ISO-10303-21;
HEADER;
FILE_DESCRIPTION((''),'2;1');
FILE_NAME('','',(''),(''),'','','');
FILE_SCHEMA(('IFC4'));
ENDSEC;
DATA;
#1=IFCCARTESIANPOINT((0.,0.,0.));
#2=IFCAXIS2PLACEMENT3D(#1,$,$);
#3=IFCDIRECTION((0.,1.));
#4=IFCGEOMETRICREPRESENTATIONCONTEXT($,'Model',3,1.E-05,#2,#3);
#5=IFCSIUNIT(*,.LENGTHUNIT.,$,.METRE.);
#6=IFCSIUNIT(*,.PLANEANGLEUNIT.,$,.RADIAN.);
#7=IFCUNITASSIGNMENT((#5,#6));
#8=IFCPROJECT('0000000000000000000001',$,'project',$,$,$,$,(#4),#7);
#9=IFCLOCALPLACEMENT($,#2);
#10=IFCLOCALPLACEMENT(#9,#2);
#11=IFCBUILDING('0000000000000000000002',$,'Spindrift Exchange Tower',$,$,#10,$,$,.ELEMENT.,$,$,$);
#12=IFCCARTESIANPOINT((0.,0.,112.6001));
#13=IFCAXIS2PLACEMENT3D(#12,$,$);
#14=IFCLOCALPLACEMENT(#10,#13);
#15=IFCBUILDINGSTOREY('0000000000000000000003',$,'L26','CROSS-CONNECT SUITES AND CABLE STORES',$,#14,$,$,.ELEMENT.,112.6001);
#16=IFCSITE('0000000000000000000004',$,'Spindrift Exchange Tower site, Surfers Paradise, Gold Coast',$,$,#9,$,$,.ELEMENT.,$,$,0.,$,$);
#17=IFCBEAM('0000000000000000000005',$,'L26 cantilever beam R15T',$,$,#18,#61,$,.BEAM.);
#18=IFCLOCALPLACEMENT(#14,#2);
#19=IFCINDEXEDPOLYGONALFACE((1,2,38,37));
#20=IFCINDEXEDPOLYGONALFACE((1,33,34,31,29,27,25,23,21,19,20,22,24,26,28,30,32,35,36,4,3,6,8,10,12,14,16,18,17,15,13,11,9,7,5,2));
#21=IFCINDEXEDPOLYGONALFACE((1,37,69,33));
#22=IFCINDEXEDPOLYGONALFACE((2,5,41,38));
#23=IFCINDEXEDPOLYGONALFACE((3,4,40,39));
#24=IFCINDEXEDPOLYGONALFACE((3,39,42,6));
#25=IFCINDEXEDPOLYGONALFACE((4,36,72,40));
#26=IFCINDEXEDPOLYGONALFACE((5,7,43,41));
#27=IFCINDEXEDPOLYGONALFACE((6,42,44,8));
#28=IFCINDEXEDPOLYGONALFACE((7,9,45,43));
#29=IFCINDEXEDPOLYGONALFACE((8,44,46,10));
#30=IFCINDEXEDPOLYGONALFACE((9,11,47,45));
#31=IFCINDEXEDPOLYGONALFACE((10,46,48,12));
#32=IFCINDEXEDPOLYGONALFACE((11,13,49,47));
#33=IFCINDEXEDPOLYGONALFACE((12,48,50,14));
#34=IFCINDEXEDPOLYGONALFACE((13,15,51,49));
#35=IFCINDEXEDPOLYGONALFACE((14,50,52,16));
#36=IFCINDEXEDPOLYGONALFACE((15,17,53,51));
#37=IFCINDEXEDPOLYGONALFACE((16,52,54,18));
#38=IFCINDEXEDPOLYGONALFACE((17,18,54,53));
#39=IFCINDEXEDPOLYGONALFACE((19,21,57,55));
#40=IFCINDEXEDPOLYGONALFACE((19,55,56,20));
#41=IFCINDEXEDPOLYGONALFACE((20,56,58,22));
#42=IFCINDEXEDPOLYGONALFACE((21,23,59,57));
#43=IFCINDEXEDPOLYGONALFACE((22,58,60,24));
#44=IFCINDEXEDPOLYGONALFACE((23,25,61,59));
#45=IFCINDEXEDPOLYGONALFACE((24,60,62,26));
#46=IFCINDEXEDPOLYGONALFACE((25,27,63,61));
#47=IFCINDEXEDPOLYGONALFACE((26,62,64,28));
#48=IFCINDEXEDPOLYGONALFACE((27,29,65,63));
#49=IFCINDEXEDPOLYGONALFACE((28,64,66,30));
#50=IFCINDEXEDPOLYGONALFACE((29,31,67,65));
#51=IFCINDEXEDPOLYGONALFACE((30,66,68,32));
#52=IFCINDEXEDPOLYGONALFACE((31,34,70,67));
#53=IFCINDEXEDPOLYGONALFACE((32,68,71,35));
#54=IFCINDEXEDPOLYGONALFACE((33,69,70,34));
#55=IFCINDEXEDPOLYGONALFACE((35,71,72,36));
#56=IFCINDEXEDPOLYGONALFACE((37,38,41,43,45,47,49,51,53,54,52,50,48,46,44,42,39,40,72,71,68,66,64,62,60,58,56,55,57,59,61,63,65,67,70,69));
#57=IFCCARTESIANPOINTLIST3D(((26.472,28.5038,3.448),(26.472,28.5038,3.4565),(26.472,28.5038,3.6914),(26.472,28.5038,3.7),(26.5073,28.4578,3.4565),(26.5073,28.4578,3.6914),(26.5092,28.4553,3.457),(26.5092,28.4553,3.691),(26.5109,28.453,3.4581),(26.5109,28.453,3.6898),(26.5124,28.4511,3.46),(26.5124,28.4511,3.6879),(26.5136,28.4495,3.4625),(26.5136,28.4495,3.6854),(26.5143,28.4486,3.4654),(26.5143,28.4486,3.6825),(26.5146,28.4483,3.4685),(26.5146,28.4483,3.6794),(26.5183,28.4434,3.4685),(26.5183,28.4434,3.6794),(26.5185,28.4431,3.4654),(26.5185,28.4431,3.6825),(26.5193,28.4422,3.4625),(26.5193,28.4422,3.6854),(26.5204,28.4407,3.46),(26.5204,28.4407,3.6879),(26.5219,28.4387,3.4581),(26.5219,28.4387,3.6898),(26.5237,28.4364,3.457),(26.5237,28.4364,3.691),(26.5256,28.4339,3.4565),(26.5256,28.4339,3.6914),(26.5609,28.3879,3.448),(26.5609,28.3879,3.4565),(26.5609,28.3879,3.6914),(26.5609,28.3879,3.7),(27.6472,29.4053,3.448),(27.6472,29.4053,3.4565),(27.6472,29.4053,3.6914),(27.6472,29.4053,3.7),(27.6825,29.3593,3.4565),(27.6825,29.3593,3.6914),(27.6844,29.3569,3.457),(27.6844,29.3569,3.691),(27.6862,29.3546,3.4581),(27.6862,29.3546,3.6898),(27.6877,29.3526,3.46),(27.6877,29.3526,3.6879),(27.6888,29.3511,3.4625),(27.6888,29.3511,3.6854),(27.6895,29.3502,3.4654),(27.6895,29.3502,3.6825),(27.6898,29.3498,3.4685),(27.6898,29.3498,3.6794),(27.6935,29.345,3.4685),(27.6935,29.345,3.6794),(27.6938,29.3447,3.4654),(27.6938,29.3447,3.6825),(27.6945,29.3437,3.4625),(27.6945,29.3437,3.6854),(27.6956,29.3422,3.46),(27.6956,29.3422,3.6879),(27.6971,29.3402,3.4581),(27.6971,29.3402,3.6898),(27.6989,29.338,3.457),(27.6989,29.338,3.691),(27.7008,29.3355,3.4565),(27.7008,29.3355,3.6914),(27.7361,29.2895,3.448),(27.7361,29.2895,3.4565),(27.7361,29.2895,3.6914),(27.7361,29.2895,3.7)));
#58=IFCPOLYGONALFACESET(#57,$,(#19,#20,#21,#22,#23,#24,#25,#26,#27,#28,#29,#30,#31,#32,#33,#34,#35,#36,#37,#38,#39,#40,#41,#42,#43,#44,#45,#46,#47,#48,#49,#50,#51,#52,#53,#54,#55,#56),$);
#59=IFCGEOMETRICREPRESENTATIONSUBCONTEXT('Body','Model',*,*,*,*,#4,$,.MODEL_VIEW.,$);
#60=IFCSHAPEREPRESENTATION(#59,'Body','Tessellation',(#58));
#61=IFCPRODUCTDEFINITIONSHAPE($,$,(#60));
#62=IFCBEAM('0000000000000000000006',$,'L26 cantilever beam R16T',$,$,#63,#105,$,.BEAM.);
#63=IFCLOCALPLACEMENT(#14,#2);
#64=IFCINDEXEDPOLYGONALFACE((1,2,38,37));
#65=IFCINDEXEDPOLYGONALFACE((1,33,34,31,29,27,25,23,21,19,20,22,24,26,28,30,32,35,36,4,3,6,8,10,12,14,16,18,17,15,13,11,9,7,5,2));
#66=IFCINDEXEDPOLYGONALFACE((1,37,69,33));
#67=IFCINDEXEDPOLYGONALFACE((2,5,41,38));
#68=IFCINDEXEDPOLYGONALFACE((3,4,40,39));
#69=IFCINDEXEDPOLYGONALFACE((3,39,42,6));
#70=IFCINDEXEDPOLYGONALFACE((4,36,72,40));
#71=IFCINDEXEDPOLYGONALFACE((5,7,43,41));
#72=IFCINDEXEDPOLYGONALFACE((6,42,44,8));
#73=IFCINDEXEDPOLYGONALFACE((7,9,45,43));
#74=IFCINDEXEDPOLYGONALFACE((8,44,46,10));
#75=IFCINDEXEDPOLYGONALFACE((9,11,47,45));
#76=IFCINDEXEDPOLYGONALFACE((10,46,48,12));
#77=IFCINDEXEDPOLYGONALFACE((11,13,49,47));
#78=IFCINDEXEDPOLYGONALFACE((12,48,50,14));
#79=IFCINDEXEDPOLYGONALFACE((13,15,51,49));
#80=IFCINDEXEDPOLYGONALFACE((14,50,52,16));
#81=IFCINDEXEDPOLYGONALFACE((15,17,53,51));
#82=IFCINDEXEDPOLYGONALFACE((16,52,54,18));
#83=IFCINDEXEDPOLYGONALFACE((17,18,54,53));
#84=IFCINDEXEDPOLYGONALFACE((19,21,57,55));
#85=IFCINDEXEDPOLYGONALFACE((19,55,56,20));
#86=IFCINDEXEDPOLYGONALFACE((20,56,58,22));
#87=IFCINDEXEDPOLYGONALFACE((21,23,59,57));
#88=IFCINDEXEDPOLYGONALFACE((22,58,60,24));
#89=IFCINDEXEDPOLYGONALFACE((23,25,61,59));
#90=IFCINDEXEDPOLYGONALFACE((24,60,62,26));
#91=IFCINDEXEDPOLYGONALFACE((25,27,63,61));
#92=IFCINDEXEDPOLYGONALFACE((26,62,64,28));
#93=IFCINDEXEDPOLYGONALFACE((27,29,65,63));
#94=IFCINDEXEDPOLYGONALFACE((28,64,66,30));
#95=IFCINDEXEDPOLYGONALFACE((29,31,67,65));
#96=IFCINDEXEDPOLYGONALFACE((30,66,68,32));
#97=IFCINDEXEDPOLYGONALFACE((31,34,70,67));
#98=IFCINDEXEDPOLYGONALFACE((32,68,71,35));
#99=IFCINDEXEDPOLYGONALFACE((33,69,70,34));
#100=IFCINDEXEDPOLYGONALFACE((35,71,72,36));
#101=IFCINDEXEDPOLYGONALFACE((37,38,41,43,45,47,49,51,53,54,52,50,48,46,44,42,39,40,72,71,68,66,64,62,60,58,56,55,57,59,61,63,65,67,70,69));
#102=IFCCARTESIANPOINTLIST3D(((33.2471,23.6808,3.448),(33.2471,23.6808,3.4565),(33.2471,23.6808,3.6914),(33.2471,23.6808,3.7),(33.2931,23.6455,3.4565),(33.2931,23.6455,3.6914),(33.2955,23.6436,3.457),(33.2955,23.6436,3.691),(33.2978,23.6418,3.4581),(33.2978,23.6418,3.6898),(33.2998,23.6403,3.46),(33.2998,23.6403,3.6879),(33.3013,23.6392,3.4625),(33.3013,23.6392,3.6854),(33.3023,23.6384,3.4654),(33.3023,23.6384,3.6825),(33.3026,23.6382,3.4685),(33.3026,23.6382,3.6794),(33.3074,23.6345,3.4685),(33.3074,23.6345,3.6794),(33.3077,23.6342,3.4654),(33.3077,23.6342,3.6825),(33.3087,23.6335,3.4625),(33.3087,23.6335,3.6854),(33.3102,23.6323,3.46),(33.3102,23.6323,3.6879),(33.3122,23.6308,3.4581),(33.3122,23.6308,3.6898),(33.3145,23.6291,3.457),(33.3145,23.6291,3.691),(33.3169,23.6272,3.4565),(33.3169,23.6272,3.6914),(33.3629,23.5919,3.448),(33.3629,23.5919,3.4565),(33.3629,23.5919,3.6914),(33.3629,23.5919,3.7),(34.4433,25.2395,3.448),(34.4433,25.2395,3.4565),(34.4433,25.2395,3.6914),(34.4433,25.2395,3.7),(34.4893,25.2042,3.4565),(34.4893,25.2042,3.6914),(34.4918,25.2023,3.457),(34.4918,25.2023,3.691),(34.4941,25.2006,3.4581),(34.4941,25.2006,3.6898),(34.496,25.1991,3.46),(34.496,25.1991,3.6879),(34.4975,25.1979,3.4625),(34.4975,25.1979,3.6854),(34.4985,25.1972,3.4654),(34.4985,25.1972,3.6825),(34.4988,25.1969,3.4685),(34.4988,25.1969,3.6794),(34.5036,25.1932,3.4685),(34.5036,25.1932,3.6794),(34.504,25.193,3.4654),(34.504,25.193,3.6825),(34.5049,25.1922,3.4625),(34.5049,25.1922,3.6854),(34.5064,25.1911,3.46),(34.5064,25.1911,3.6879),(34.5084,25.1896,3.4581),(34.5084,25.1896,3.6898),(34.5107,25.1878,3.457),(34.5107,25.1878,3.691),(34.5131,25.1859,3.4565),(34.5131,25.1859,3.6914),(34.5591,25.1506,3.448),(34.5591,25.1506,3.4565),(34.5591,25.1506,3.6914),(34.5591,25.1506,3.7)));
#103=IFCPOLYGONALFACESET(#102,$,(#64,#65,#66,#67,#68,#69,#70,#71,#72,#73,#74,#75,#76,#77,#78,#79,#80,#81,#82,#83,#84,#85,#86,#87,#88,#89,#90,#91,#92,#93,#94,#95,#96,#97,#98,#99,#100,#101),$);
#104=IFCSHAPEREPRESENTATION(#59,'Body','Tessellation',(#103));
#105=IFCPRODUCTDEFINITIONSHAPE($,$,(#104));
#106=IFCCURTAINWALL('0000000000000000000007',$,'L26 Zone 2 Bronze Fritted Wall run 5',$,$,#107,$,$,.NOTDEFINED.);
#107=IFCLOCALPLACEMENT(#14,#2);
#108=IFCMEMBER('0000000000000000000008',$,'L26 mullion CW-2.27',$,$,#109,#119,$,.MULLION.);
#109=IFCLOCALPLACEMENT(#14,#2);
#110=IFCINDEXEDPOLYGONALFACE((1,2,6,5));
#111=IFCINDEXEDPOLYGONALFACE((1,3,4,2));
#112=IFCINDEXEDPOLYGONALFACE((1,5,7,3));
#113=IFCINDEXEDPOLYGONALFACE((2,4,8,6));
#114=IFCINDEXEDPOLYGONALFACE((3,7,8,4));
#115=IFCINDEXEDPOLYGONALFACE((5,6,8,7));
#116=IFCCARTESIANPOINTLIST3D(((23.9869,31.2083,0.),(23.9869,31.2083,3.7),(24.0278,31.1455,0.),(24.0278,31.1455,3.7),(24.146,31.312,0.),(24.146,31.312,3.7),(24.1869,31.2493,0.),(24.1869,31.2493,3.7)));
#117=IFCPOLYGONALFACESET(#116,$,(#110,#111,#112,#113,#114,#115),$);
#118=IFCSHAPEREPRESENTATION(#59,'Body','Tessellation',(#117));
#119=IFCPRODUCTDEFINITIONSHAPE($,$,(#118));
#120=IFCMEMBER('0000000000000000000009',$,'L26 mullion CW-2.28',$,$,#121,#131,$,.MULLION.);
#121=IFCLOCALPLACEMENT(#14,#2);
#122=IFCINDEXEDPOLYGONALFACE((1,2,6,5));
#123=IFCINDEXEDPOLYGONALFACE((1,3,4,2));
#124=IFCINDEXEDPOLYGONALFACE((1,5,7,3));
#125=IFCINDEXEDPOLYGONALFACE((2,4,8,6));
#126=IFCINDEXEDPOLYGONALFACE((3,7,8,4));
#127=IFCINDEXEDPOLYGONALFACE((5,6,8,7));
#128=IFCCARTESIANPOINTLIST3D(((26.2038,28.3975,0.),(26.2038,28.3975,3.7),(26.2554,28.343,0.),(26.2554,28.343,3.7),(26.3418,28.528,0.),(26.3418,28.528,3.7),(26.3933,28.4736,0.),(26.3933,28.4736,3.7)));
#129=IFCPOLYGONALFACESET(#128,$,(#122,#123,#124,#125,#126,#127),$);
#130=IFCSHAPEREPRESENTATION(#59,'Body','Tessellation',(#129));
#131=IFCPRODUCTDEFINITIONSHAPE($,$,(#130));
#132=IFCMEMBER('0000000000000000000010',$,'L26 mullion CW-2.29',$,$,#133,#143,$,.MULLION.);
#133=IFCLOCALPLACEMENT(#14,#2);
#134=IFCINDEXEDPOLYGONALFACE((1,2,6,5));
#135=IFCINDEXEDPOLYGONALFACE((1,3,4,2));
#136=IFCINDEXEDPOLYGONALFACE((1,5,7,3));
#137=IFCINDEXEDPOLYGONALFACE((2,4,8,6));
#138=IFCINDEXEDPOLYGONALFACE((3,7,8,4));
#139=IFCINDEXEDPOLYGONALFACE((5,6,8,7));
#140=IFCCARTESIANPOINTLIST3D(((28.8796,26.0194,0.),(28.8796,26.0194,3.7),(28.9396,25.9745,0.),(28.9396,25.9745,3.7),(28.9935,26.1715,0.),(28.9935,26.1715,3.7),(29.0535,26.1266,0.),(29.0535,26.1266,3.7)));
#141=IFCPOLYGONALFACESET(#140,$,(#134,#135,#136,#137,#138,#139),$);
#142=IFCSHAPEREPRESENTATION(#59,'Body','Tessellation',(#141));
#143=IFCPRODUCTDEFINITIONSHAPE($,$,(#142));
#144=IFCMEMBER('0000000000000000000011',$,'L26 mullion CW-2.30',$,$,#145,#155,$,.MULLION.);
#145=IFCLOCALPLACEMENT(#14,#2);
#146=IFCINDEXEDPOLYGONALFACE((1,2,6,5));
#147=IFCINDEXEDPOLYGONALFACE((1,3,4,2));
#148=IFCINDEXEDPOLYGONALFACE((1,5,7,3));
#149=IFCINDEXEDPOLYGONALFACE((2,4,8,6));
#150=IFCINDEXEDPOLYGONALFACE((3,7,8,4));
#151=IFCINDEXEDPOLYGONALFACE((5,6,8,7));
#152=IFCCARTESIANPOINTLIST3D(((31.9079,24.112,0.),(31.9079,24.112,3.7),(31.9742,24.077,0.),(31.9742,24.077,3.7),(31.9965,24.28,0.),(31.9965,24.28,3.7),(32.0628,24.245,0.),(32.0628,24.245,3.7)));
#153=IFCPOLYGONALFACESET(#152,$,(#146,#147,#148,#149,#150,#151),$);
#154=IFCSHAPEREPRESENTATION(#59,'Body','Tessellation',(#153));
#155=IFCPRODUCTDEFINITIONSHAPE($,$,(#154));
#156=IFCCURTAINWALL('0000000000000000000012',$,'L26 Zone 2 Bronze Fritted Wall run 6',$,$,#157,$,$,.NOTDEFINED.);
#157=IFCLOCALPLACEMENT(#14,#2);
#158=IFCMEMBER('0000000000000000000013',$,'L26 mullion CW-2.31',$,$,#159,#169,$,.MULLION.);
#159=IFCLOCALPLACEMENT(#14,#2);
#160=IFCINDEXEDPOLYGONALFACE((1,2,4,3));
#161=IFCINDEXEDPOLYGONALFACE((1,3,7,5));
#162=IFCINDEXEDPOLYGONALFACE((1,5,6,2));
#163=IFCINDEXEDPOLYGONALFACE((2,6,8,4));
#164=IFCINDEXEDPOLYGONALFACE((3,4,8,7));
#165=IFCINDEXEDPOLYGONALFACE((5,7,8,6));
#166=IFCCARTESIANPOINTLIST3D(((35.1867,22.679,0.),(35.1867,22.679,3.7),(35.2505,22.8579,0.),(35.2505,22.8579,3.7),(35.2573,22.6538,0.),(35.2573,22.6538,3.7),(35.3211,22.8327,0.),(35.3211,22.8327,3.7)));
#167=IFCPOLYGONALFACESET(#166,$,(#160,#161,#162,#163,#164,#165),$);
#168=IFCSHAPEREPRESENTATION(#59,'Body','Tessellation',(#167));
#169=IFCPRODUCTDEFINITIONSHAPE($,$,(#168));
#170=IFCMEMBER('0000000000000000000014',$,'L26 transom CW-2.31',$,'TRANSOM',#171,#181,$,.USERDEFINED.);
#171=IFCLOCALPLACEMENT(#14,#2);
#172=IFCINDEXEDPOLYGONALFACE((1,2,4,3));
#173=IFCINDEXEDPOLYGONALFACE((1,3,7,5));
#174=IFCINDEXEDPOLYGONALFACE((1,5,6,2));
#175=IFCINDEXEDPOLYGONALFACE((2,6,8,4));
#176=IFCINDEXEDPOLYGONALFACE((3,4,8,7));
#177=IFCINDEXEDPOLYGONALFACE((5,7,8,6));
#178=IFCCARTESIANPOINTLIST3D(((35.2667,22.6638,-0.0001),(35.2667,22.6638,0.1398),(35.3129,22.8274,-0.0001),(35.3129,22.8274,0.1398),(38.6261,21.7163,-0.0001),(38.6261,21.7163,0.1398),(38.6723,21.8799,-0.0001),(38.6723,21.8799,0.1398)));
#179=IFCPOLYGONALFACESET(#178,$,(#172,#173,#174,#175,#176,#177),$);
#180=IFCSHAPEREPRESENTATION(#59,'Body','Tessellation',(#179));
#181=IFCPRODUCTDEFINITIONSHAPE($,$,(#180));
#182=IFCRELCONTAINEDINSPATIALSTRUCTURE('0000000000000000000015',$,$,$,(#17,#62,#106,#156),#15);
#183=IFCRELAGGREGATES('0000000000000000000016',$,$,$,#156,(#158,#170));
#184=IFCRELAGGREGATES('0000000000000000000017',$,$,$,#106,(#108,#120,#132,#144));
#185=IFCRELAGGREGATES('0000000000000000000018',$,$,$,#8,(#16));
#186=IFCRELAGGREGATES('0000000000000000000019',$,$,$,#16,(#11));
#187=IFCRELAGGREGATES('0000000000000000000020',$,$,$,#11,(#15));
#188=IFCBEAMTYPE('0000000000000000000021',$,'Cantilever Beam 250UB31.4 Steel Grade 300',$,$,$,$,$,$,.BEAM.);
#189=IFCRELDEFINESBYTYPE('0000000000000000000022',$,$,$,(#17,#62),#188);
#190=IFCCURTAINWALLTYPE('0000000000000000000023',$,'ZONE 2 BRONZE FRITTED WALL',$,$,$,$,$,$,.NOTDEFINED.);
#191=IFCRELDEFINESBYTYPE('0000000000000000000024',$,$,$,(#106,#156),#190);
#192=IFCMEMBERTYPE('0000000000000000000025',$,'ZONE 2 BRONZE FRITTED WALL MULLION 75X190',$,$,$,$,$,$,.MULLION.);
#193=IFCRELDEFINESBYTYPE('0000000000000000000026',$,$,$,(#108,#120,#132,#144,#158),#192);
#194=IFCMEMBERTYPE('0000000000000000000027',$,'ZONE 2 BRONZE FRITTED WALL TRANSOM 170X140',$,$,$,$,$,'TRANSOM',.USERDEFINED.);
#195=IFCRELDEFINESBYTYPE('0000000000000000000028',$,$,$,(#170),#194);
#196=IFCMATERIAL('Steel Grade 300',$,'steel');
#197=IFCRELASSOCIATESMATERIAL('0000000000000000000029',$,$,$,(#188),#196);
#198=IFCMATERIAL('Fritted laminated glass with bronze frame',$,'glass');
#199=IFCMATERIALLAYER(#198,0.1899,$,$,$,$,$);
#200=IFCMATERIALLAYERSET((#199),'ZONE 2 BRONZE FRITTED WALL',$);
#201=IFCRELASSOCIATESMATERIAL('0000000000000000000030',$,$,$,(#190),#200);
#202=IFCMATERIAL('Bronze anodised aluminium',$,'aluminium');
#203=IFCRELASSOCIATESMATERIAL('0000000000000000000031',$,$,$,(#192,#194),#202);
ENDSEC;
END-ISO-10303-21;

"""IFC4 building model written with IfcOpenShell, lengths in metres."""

from ifc_helpers import new_model, si_unit, direction, frame, origin, origin_2d, place, context, subcontext, project, spatial, rectangle, i_section, extrude, source, transform, mapped, material, layer, layer_set, material_profile, profile_set, type_object, element, aggregate, save


model = new_model("IFC4")

# Units and contexts
model_context = context("Model", 3, precision=1e-05, world=origin(), true_north=direction((0.0, 1.0)))
body_context = subcontext(model_context, "Body", "Model", "MODEL_VIEW")
ifc_project = project(units=[si_unit("LENGTHUNIT", "METRE"), si_unit("PLANEANGLEUNIT", "RADIAN")], contexts=[model_context])

# Site, building, storey
site_placement = place(None, origin())
site = spatial("IfcSite", under=ifc_project, at=site_placement, Name="Spindrift Exchange Tower site, Surfers Paradise, Gold Coast", CompositionType="ELEMENT", RefElevation=0.0)
building_placement = place(site_placement, origin())
building = spatial("IfcBuilding", under=site, at=building_placement, Name="Spindrift Exchange Tower", CompositionType="ELEMENT")
storey_placement = place(building_placement, frame((0.0, 0.0, 112.6001)))
storey = spatial("IfcBuildingStorey", under=building, at=storey_placement, Name="L26", Description="CROSS-CONNECT SUITES AND CABLE STORES", CompositionType="ELEMENT", Elevation=112.6001)

# Beams
ifc_material_1 = material(Name="Steel Grade 300", Category="steel")
ifc_material_profile_1 = material_profile(ifc_material_1, i_section(OverallWidth=0.146, OverallDepth=0.252, WebThickness=0.0061, FlangeThickness=0.0085, FilletRadius=0.012, at=origin_2d()), Name="250UB31.4")
ifc_profile_set_1 = profile_set([ifc_material_profile_1], Name="Steel Grade 300")
beam_type_1 = type_object("IfcBeamType", Name="Cantilever Beam 250UB31.4 Steel Grade 300", PredefinedType="BEAM", material=ifc_profile_set_1)
shared_shape_1 = source(origin(), body_context, "Body", "SweptSolid", [
    extrude(i_section(OverallWidth=0.146, OverallDepth=0.252, WebThickness=0.0061, FlangeThickness=0.0085, FilletRadius=0.012, at=origin_2d()), origin(), (0.0, 0.0, 1.0), 1.4812),
])
beam_1_placement = place(storey_placement, frame((27.6917, 29.3474, 3.574), z_axis=(-0.793426, -0.608667, 0.0), x_axis=(0.608667, -0.793426, 0.0)))
element("IfcBeam", 1, at=beam_1_placement, inside=storey, type_object=beam_type_1, Name="L26 cantilever beam R15T", PredefinedType="BEAM", context=body_context, shape_type="MappedRepresentation", body=[
    mapped(shared_shape_1, transform((0.0, 0.0, 0.0), scale=1.0)),
])
shared_shape_2 = source(origin(), body_context, "Body", "SweptSolid", [
    extrude(i_section(OverallWidth=0.146, OverallDepth=0.252, WebThickness=0.0061, FlangeThickness=0.0085, FilletRadius=0.012, at=origin_2d()), origin(), (0.0, 0.0, 1.0), 1.9648),
])
beam_2_placement = place(storey_placement, frame((34.5012, 25.1951, 3.574), z_axis=(-0.60881, -0.793316, 0.0), x_axis=(0.793316, -0.60881, 0.0)))
element("IfcBeam", 2, at=beam_2_placement, inside=storey, type_object=beam_type_1, Name="L26 cantilever beam R16T", PredefinedType="BEAM", context=body_context, shape_type="MappedRepresentation", body=[
    mapped(shared_shape_2, transform((0.0, 0.0, 0.0), scale=1.0)),
])

# Curtain walls, members
ifc_material_2 = material(Name="Fritted laminated glass with bronze frame", Category="glass")
ifc_layer_1 = layer(ifc_material_2, 0.1899)
ifc_layer_set_1 = layer_set([ifc_layer_1], Name="ZONE 2 BRONZE FRITTED WALL")
curtain_wall_type = type_object("IfcCurtainWallType", Name="ZONE 2 BRONZE FRITTED WALL", PredefinedType="NOTDEFINED", material=ifc_layer_set_1)
curtain_wall_1_placement = place(storey_placement, origin())
curtain_wall_1 = element("IfcCurtainWall", 3, at=curtain_wall_1_placement, inside=storey, type_object=curtain_wall_type, Name="L26 Zone 2 Bronze Fritted Wall run 5", PredefinedType="NOTDEFINED")
ifc_material_3 = material(Name="Bronze anodised aluminium", Category="aluminium")
ifc_material_profile_2 = material_profile(ifc_material_3, rectangle(XDim=0.075, YDim=0.1899, at=origin_2d()), Name="ZONE 2 BRONZE FRITTED WALL MULLION 75X190")
ifc_profile_set_2 = profile_set([ifc_material_profile_2], Name="Bronze anodised aluminium")
member_type_1 = type_object("IfcMemberType", Name="ZONE 2 BRONZE FRITTED WALL MULLION 75X190", PredefinedType="MULLION", material=ifc_profile_set_2)
shared_shape_3 = source(origin(), body_context, "Body", "SweptSolid", [
    extrude(rectangle(XDim=0.075, YDim=0.1899, at=origin_2d()), origin(), (0.0, 0.0, 1.0), 3.7),
])
member_1_placement = place(storey_placement, frame((24.0869, 31.2288, 0.0), z_axis=(0.0, 0.0, 1.0), x_axis=(0.546353, -0.837555, 0.0)))
member_1 = element("IfcMember", 4, at=member_1_placement, type_object=member_type_1, Name="L26 mullion CW-2.27", PredefinedType="MULLION", context=body_context, shape_type="MappedRepresentation", body=[
    mapped(shared_shape_3, transform((0.0, 0.0, 0.0), scale=1.0)),
])
member_2_placement = place(storey_placement, frame((26.2986, 28.4355, 0.0), z_axis=(0.0, 0.0, 1.0), x_axis=(0.68738, -0.726298, 0.0)))
member_2 = element("IfcMember", 5, at=member_2_placement, type_object=member_type_1, Name="L26 mullion CW-2.28", PredefinedType="MULLION", context=body_context, shape_type="MappedRepresentation", body=[
    mapped(shared_shape_3, transform((0.0, 0.0, 0.0), scale=1.0)),
])
member_3_placement = place(storey_placement, frame((28.9666, 26.073, 0.0), z_axis=(0.0, 0.0, 1.0), x_axis=(0.800532, -0.599289, 0.0)))
member_3 = element("IfcMember", 6, at=member_3_placement, type_object=member_type_1, Name="L26 mullion CW-2.29", PredefinedType="MULLION", context=body_context, shape_type="MappedRepresentation", body=[
    mapped(shared_shape_3, transform((0.0, 0.0, 0.0), scale=1.0)),
])
member_4_placement = place(storey_placement, frame((31.9854, 24.1785, 0.0), z_axis=(0.0, 0.0, 1.0), x_axis=(0.88444, -0.466655, 0.0)))
member_4 = element("IfcMember", 7, at=member_4_placement, type_object=member_type_1, Name="L26 mullion CW-2.30", PredefinedType="MULLION", context=body_context, shape_type="MappedRepresentation", body=[
    mapped(shared_shape_3, transform((0.0, 0.0, 0.0), scale=1.0)),
])
curtain_wall_2_placement = place(storey_placement, origin())
curtain_wall_2 = element("IfcCurtainWall", 8, at=curtain_wall_2_placement, inside=storey, type_object=curtain_wall_type, Name="L26 Zone 2 Bronze Fritted Wall run 6", PredefinedType="NOTDEFINED")
member_5_placement = place(storey_placement, frame((35.2539, 22.7559, 0.0), z_axis=(0.0, 0.0, 1.0), x_axis=(0.941843, -0.336052, 0.0)))
member_5 = element("IfcMember", 9, at=member_5_placement, type_object=member_type_1, Name="L26 mullion CW-2.31", PredefinedType="MULLION", context=body_context, shape_type="MappedRepresentation", body=[
    mapped(shared_shape_3, transform((0.0, 0.0, 0.0), scale=1.0)),
])
ifc_material_profile_3 = material_profile(ifc_material_3, rectangle(XDim=0.1699, YDim=0.1399, at=origin_2d()), Name="ZONE 2 BRONZE FRITTED WALL TRANSOM 170X140")
ifc_profile_set_3 = profile_set([ifc_material_profile_3], Name="Bronze anodised aluminium")
member_type_2 = type_object("IfcMemberType", Name="ZONE 2 BRONZE FRITTED WALL TRANSOM 170X140", ElementType="TRANSOM", PredefinedType="USERDEFINED", material=ifc_profile_set_3)
shared_shape_4 = source(origin(), body_context, "Body", "SweptSolid", [
    extrude(rectangle(XDim=0.1699, YDim=0.1399, at=origin_2d()), origin(), (0.0, 0.0, 1.0), 3.4905),
])
member_6_placement = place(storey_placement, frame((35.2898, 22.7456, 0.0698), z_axis=(0.96245, -0.271459, 0.0), x_axis=(0.271459, 0.96245, 0.0)))
member_6 = element("IfcMember", 10, at=member_6_placement, type_object=member_type_2, Name="L26 transom CW-2.31", ObjectType="TRANSOM", PredefinedType="USERDEFINED", context=body_context, shape_type="MappedRepresentation", body=[
    mapped(shared_shape_4, transform((0.0, 0.0, 0.0), scale=1.0)),
])

aggregate(curtain_wall_2, [member_5, member_6])
aggregate(curtain_wall_1, [member_1, member_2, member_3, member_4])

save(model, "model.ifc")
